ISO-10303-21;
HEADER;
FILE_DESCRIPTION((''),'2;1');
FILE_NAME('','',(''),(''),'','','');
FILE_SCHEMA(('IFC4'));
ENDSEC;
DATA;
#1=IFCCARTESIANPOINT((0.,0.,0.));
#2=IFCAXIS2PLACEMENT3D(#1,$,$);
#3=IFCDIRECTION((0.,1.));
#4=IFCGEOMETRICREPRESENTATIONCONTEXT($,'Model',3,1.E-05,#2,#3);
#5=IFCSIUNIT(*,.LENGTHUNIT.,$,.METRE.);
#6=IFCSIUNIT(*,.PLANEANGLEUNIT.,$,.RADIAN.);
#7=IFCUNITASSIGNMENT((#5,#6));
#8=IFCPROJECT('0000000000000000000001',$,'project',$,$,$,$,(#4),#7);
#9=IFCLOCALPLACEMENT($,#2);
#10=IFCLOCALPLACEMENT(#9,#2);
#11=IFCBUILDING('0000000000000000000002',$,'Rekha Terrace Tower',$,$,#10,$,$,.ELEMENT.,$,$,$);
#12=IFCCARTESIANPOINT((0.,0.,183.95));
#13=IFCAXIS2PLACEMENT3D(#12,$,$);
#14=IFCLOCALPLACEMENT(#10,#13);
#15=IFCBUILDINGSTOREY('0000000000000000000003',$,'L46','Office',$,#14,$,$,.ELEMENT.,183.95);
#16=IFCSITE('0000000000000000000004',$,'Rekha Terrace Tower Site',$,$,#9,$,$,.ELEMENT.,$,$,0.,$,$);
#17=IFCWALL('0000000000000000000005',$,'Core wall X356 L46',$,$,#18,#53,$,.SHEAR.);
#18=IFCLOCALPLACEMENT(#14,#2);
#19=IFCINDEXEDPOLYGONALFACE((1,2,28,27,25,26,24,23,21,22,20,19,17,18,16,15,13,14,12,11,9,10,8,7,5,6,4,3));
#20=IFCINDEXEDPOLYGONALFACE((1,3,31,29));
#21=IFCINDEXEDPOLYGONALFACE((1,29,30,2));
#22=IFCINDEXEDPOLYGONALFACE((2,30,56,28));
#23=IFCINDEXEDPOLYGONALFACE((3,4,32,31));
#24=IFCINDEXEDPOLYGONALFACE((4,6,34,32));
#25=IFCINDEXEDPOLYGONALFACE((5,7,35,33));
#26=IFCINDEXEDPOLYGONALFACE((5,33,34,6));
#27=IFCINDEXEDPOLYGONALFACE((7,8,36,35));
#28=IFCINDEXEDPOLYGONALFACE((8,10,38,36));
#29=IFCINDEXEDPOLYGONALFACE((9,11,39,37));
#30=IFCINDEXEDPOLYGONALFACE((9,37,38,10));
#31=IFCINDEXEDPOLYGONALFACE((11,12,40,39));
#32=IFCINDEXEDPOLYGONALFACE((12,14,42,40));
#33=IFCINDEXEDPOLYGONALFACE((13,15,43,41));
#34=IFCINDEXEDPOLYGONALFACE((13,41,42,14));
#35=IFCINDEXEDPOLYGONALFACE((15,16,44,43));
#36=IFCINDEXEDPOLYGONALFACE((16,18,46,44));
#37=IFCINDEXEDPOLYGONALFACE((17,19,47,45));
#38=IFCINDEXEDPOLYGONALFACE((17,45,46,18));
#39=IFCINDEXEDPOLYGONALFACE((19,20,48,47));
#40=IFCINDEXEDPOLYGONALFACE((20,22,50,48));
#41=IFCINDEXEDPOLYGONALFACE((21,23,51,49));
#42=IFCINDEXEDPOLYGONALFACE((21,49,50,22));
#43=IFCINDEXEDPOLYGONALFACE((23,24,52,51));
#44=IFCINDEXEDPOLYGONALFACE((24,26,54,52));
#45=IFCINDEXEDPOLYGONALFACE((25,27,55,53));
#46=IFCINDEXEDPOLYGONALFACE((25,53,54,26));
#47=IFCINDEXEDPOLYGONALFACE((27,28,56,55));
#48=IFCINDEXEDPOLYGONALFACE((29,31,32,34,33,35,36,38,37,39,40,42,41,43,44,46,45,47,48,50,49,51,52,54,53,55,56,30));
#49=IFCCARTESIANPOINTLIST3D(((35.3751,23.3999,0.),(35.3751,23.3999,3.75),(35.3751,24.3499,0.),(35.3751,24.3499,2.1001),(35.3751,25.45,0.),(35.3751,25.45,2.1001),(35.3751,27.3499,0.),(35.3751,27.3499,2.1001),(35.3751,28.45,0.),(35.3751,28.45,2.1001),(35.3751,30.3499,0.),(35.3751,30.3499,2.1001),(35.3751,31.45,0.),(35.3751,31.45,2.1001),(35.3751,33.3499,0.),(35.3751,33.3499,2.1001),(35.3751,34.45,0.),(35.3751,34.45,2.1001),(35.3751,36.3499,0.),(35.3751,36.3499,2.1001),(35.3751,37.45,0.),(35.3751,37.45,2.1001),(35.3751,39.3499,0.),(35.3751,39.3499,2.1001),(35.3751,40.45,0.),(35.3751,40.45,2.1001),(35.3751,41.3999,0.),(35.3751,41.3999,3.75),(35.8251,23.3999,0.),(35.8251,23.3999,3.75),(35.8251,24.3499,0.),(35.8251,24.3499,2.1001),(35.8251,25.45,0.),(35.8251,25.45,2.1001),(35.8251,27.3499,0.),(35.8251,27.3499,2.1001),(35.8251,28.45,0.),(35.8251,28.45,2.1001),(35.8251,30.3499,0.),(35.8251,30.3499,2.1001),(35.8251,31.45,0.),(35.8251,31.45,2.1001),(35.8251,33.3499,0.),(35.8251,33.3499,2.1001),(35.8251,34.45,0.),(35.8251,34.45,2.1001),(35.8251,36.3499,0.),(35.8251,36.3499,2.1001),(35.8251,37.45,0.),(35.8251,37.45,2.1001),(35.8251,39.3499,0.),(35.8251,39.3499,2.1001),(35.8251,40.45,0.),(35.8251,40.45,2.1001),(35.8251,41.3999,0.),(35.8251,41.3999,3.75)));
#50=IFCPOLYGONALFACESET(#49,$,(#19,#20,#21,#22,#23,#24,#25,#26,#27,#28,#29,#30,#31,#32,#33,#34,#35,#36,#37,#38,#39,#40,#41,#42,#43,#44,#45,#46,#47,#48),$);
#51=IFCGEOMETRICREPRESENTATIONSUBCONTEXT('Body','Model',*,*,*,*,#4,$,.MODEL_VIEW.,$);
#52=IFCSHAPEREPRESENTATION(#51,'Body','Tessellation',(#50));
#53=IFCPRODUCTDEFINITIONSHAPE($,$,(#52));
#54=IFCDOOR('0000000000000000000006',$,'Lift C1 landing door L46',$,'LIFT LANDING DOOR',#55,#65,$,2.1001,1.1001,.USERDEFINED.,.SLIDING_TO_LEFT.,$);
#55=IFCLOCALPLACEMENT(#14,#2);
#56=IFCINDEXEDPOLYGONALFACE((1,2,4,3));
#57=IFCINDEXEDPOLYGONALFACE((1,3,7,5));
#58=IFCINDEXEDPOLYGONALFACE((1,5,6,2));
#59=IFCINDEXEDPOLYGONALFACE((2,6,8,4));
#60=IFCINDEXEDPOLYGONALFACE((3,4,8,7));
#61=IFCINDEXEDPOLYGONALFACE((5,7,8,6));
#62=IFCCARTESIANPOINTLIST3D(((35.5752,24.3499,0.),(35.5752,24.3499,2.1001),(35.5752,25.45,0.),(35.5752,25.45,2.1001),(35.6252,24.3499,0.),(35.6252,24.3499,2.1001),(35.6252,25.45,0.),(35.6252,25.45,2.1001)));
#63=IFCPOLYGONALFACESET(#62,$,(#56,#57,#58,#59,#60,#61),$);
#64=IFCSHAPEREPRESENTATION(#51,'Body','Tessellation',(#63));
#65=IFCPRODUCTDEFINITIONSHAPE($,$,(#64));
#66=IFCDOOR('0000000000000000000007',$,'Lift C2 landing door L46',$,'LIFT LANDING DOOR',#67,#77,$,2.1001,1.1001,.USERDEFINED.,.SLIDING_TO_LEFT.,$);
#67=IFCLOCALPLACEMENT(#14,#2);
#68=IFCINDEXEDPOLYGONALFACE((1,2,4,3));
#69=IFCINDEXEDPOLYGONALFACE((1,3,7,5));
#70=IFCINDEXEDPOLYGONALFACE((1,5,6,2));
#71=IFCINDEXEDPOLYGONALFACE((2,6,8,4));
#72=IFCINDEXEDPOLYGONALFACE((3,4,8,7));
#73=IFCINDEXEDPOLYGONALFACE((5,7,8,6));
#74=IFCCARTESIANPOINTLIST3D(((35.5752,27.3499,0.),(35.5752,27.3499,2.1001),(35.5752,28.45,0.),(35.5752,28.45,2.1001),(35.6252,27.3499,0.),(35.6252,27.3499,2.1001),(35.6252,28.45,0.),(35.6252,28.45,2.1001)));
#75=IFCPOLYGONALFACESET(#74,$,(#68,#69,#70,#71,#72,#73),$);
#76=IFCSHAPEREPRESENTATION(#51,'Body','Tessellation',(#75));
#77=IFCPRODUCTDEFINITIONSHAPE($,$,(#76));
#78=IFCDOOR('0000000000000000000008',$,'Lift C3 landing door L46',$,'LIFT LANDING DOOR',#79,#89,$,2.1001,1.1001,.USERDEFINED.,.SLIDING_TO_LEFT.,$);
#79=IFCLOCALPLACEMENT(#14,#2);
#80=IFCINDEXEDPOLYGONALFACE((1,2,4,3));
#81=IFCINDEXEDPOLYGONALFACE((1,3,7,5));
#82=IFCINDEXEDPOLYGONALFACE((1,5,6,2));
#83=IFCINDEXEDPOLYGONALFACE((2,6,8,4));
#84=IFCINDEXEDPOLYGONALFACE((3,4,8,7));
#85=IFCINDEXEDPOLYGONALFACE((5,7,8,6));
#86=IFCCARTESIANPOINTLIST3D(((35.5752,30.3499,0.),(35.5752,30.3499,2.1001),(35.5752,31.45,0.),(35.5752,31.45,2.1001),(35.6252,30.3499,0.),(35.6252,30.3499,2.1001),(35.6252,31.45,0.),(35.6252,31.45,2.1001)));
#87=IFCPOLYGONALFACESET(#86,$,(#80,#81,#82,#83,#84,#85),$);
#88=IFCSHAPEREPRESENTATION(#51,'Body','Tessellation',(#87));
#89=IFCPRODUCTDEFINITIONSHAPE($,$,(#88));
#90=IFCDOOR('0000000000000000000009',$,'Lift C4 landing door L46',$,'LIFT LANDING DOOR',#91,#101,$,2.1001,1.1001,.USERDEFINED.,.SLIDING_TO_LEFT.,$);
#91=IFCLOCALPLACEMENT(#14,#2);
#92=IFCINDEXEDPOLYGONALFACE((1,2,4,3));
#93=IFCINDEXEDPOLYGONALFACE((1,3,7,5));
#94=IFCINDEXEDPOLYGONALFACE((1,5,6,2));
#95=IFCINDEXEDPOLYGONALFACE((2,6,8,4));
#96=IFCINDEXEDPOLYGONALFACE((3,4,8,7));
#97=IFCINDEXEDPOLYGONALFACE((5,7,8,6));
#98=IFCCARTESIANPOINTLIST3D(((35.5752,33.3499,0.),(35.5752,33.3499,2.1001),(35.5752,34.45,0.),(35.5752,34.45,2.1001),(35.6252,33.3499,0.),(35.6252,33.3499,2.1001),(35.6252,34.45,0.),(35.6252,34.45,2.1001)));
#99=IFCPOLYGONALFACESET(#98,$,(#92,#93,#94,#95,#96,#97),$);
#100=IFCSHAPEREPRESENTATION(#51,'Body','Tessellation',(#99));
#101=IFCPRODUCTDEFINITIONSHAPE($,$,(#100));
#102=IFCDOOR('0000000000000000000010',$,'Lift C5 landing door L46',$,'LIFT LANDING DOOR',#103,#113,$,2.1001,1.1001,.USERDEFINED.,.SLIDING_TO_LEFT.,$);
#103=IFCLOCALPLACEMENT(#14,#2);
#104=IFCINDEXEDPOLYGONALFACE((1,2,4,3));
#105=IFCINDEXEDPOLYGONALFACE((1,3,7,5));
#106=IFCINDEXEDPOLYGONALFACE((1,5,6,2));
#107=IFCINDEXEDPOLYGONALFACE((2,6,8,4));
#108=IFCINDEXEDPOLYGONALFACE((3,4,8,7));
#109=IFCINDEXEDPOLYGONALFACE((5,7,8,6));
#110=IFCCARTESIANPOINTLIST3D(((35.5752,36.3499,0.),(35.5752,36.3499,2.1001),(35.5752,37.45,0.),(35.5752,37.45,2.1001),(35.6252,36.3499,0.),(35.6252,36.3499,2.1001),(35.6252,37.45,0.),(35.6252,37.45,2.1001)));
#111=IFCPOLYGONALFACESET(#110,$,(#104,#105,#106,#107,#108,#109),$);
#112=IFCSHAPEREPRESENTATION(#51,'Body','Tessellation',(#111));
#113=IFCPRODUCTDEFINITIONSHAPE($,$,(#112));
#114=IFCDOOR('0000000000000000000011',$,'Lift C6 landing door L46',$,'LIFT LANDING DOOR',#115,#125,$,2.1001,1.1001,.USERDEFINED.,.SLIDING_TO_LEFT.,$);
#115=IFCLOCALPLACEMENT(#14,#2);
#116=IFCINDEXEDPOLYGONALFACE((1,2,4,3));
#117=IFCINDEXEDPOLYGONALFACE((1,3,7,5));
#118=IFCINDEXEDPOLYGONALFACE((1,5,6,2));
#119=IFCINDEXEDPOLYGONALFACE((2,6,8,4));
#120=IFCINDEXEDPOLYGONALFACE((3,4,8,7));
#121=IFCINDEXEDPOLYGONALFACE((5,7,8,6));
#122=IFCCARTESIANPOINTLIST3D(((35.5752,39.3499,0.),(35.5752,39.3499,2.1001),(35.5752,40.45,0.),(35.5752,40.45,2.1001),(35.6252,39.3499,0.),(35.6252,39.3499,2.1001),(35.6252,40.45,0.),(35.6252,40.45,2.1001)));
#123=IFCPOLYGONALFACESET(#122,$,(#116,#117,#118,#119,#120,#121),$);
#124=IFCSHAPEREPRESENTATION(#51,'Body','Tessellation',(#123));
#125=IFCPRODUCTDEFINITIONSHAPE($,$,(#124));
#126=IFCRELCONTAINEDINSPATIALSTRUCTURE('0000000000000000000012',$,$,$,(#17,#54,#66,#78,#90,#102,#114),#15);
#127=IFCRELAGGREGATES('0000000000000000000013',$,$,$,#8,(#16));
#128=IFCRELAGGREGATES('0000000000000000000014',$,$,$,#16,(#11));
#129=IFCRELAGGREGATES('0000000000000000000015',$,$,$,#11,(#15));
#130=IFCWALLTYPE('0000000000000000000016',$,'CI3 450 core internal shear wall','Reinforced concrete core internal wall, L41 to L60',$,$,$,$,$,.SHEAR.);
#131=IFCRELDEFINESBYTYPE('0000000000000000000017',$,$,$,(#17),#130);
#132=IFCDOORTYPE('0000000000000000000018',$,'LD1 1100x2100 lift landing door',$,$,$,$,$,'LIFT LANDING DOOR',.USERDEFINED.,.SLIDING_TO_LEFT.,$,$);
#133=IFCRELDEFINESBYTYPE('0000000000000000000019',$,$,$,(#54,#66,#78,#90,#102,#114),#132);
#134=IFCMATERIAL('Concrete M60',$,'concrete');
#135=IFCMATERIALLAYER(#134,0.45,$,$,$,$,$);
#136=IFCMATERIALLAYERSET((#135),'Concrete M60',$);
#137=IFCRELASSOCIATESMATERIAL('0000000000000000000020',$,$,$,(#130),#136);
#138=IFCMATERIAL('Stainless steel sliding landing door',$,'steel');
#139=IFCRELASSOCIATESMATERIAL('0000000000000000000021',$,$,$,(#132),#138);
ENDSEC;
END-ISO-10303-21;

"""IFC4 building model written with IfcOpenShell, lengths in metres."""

from ifc_helpers import new_model, si_unit, direction, frame, frame_2d, origin, place, context, subcontext, project, spatial, rectangle, extrude, material, layer, layer_set, type_object, element, fill, save


model = new_model("IFC4")

# Units and contexts
model_context = context("Model", 3, precision=1e-05, world=origin(), true_north=direction((0.0, 1.0)))
body_context = subcontext(model_context, "Body", "Model", "MODEL_VIEW")
ifc_project = project(units=[si_unit("LENGTHUNIT", "METRE"), si_unit("PLANEANGLEUNIT", "RADIAN")], contexts=[model_context])

# Site, building, storey
site_placement = place(None, origin())
site = spatial("IfcSite", under=ifc_project, at=site_placement, Name="Rekha Terrace Tower Site", CompositionType="ELEMENT", RefElevation=0.0)
building_placement = place(site_placement, origin())
building = spatial("IfcBuilding", under=site, at=building_placement, Name="Rekha Terrace Tower", CompositionType="ELEMENT")
storey_placement = place(building_placement, frame((0.0, 0.0, 183.95)))
storey = spatial("IfcBuildingStorey", under=building, at=storey_placement, Name="L46", Description="Office", CompositionType="ELEMENT", Elevation=183.95)

# Shared definitions
ifc_material_1 = material(Name="Concrete M60", Category="concrete")

# Wall, openings, doors
ifc_layer_1 = layer(ifc_material_1, 0.45)
ifc_layer_set_1 = layer_set([ifc_layer_1], Name="Concrete M60")
wall_type_1 = type_object("IfcWallType", Name="CI3 450 core internal shear wall", Description="Reinforced concrete core internal wall, L41 to L60", PredefinedType="SHEAR", material=ifc_layer_set_1)
wall_1_placement = place(storey_placement, frame((35.6001, 23.3999, 0.0), z_axis=(0.0, 0.0, 1.0), x_axis=(0.0, 1.0, 0.0)))
wall_1 = element("IfcWall", 1, at=wall_1_placement, inside=storey, type_object=wall_type_1, Name="Core wall X356 L46", PredefinedType="SHEAR", context=body_context, shape_type="SweptSolid", body=[
    extrude(rectangle(XDim=18.0, YDim=0.45, at=frame_2d((9.0, 0.0))), origin(), (0.0, 0.0, 1.0), 3.75),
])
opening_1_placement = place(wall_1_placement, frame((0.95, 0.0, 0.0)))
opening_1 = element("IfcOpeningElement", 2, at=opening_1_placement, cuts=wall_1, PredefinedType="OPENING", context=body_context, shape_type="SweptSolid", body=[
    extrude(rectangle(XDim=1.1001, YDim=2.1001, at=frame_2d((0.55, 1.05))), frame((0.0, 0.2349, 0.0), z_axis=(0.0, -1.0, 0.0), x_axis=(1.0, 0.0, 0.0)), (0.0, 0.0, 1.0), 0.47),
])
opening_2_placement = place(wall_1_placement, frame((3.95, 0.0, 0.0)))
opening_2 = element("IfcOpeningElement", 3, at=opening_2_placement, cuts=wall_1, PredefinedType="OPENING", context=body_context, shape_type="SweptSolid", body=[
    extrude(rectangle(XDim=1.1001, YDim=2.1001, at=frame_2d((0.55, 1.05))), frame((0.0, 0.2349, 0.0), z_axis=(0.0, -1.0, 0.0), x_axis=(1.0, 0.0, 0.0)), (0.0, 0.0, 1.0), 0.47),
])
opening_3_placement = place(wall_1_placement, frame((6.95, 0.0, 0.0)))
opening_3 = element("IfcOpeningElement", 4, at=opening_3_placement, cuts=wall_1, PredefinedType="OPENING", context=body_context, shape_type="SweptSolid", body=[
    extrude(rectangle(XDim=1.1001, YDim=2.1001, at=frame_2d((0.55, 1.05))), frame((0.0, 0.2349, 0.0), z_axis=(0.0, -1.0, 0.0), x_axis=(1.0, 0.0, 0.0)), (0.0, 0.0, 1.0), 0.47),
])
opening_4_placement = place(wall_1_placement, frame((9.95, 0.0, 0.0)))
opening_4 = element("IfcOpeningElement", 5, at=opening_4_placement, cuts=wall_1, PredefinedType="OPENING", context=body_context, shape_type="SweptSolid", body=[
    extrude(rectangle(XDim=1.1001, YDim=2.1001, at=frame_2d((0.55, 1.05))), frame((0.0, 0.2349, 0.0), z_axis=(0.0, -1.0, 0.0), x_axis=(1.0, 0.0, 0.0)), (0.0, 0.0, 1.0), 0.47),
])
opening_5_placement = place(wall_1_placement, frame((12.95, 0.0, 0.0)))
opening_5 = element("IfcOpeningElement", 6, at=opening_5_placement, cuts=wall_1, PredefinedType="OPENING", context=body_context, shape_type="SweptSolid", body=[
    extrude(rectangle(XDim=1.1001, YDim=2.1001, at=frame_2d((0.55, 1.05))), frame((0.0, 0.2349, 0.0), z_axis=(0.0, -1.0, 0.0), x_axis=(1.0, 0.0, 0.0)), (0.0, 0.0, 1.0), 0.47),
])
opening_6_placement = place(wall_1_placement, frame((15.95, 0.0, 0.0)))
opening_6 = element("IfcOpeningElement", 7, at=opening_6_placement, cuts=wall_1, PredefinedType="OPENING", context=body_context, shape_type="SweptSolid", body=[
    extrude(rectangle(XDim=1.1001, YDim=2.1001, at=frame_2d((0.55, 1.05))), frame((0.0, 0.2349, 0.0), z_axis=(0.0, -1.0, 0.0), x_axis=(1.0, 0.0, 0.0)), (0.0, 0.0, 1.0), 0.47),
])
ifc_material_2 = material(Name="Stainless steel sliding landing door", Category="steel")
door_type_1 = type_object("IfcDoorType", Name="LD1 1100x2100 lift landing door", ElementType="LIFT LANDING DOOR", OperationType="SLIDING_TO_LEFT", PredefinedType="USERDEFINED", material=ifc_material_2)
door_1_placement = place(opening_1_placement, origin())
door_1 = element("IfcDoor", 8, at=door_1_placement, inside=storey, type_object=door_type_1, Name="Lift C1 landing door L46", ObjectType="LIFT LANDING DOOR", OperationType="SLIDING_TO_LEFT", OverallHeight=2.1001, OverallWidth=1.1001, PredefinedType="USERDEFINED", context=body_context, shape_type="SweptSolid", body=[
    extrude(rectangle(XDim=1.1001, YDim=2.1001, at=frame_2d((0.55, 1.05))), frame((0.0, 0.0249, 0.0), z_axis=(0.0, -1.0, 0.0), x_axis=(1.0, 0.0, 0.0)), (0.0, 0.0, 1.0), 0.05),
])
fill(opening_1, door_1)
door_2_placement = place(opening_2_placement, origin())
door_2 = element("IfcDoor", 9, at=door_2_placement, inside=storey, type_object=door_type_1, Name="Lift C2 landing door L46", ObjectType="LIFT LANDING DOOR", OperationType="SLIDING_TO_LEFT", OverallHeight=2.1001, OverallWidth=1.1001, PredefinedType="USERDEFINED", context=body_context, shape_type="SweptSolid", body=[
    extrude(rectangle(XDim=1.1001, YDim=2.1001, at=frame_2d((0.55, 1.05))), frame((0.0, 0.0249, 0.0), z_axis=(0.0, -1.0, 0.0), x_axis=(1.0, 0.0, 0.0)), (0.0, 0.0, 1.0), 0.05),
])
fill(opening_2, door_2)
door_3_placement = place(opening_3_placement, origin())
door_3 = element("IfcDoor", 10, at=door_3_placement, inside=storey, type_object=door_type_1, Name="Lift C3 landing door L46", ObjectType="LIFT LANDING DOOR", OperationType="SLIDING_TO_LEFT", OverallHeight=2.1001, OverallWidth=1.1001, PredefinedType="USERDEFINED", context=body_context, shape_type="SweptSolid", body=[
    extrude(rectangle(XDim=1.1001, YDim=2.1001, at=frame_2d((0.55, 1.05))), frame((0.0, 0.0249, 0.0), z_axis=(0.0, -1.0, 0.0), x_axis=(1.0, 0.0, 0.0)), (0.0, 0.0, 1.0), 0.05),
])
fill(opening_3, door_3)
door_4_placement = place(opening_4_placement, origin())
door_4 = element("IfcDoor", 11, at=door_4_placement, inside=storey, type_object=door_type_1, Name="Lift C4 landing door L46", ObjectType="LIFT LANDING DOOR", OperationType="SLIDING_TO_LEFT", OverallHeight=2.1001, OverallWidth=1.1001, PredefinedType="USERDEFINED", context=body_context, shape_type="SweptSolid", body=[
    extrude(rectangle(XDim=1.1001, YDim=2.1001, at=frame_2d((0.55, 1.05))), frame((0.0, 0.0249, 0.0), z_axis=(0.0, -1.0, 0.0), x_axis=(1.0, 0.0, 0.0)), (0.0, 0.0, 1.0), 0.05),
])
fill(opening_4, door_4)
door_5_placement = place(opening_5_placement, origin())
door_5 = element("IfcDoor", 12, at=door_5_placement, inside=storey, type_object=door_type_1, Name="Lift C5 landing door L46", ObjectType="LIFT LANDING DOOR", OperationType="SLIDING_TO_LEFT", OverallHeight=2.1001, OverallWidth=1.1001, PredefinedType="USERDEFINED", context=body_context, shape_type="SweptSolid", body=[
    extrude(rectangle(XDim=1.1001, YDim=2.1001, at=frame_2d((0.55, 1.05))), frame((0.0, 0.0249, 0.0), z_axis=(0.0, -1.0, 0.0), x_axis=(1.0, 0.0, 0.0)), (0.0, 0.0, 1.0), 0.05),
])
fill(opening_5, door_5)
door_6_placement = place(opening_6_placement, origin())
door_6 = element("IfcDoor", 13, at=door_6_placement, inside=storey, type_object=door_type_1, Name="Lift C6 landing door L46", ObjectType="LIFT LANDING DOOR", OperationType="SLIDING_TO_LEFT", OverallHeight=2.1001, OverallWidth=1.1001, PredefinedType="USERDEFINED", context=body_context, shape_type="SweptSolid", body=[
    extrude(rectangle(XDim=1.1001, YDim=2.1001, at=frame_2d((0.55, 1.05))), frame((0.0, 0.0249, 0.0), z_axis=(0.0, -1.0, 0.0), x_axis=(1.0, 0.0, 0.0)), (0.0, 0.0, 1.0), 0.05),
])
fill(opening_6, door_6)

save(model, "model.ifc")
